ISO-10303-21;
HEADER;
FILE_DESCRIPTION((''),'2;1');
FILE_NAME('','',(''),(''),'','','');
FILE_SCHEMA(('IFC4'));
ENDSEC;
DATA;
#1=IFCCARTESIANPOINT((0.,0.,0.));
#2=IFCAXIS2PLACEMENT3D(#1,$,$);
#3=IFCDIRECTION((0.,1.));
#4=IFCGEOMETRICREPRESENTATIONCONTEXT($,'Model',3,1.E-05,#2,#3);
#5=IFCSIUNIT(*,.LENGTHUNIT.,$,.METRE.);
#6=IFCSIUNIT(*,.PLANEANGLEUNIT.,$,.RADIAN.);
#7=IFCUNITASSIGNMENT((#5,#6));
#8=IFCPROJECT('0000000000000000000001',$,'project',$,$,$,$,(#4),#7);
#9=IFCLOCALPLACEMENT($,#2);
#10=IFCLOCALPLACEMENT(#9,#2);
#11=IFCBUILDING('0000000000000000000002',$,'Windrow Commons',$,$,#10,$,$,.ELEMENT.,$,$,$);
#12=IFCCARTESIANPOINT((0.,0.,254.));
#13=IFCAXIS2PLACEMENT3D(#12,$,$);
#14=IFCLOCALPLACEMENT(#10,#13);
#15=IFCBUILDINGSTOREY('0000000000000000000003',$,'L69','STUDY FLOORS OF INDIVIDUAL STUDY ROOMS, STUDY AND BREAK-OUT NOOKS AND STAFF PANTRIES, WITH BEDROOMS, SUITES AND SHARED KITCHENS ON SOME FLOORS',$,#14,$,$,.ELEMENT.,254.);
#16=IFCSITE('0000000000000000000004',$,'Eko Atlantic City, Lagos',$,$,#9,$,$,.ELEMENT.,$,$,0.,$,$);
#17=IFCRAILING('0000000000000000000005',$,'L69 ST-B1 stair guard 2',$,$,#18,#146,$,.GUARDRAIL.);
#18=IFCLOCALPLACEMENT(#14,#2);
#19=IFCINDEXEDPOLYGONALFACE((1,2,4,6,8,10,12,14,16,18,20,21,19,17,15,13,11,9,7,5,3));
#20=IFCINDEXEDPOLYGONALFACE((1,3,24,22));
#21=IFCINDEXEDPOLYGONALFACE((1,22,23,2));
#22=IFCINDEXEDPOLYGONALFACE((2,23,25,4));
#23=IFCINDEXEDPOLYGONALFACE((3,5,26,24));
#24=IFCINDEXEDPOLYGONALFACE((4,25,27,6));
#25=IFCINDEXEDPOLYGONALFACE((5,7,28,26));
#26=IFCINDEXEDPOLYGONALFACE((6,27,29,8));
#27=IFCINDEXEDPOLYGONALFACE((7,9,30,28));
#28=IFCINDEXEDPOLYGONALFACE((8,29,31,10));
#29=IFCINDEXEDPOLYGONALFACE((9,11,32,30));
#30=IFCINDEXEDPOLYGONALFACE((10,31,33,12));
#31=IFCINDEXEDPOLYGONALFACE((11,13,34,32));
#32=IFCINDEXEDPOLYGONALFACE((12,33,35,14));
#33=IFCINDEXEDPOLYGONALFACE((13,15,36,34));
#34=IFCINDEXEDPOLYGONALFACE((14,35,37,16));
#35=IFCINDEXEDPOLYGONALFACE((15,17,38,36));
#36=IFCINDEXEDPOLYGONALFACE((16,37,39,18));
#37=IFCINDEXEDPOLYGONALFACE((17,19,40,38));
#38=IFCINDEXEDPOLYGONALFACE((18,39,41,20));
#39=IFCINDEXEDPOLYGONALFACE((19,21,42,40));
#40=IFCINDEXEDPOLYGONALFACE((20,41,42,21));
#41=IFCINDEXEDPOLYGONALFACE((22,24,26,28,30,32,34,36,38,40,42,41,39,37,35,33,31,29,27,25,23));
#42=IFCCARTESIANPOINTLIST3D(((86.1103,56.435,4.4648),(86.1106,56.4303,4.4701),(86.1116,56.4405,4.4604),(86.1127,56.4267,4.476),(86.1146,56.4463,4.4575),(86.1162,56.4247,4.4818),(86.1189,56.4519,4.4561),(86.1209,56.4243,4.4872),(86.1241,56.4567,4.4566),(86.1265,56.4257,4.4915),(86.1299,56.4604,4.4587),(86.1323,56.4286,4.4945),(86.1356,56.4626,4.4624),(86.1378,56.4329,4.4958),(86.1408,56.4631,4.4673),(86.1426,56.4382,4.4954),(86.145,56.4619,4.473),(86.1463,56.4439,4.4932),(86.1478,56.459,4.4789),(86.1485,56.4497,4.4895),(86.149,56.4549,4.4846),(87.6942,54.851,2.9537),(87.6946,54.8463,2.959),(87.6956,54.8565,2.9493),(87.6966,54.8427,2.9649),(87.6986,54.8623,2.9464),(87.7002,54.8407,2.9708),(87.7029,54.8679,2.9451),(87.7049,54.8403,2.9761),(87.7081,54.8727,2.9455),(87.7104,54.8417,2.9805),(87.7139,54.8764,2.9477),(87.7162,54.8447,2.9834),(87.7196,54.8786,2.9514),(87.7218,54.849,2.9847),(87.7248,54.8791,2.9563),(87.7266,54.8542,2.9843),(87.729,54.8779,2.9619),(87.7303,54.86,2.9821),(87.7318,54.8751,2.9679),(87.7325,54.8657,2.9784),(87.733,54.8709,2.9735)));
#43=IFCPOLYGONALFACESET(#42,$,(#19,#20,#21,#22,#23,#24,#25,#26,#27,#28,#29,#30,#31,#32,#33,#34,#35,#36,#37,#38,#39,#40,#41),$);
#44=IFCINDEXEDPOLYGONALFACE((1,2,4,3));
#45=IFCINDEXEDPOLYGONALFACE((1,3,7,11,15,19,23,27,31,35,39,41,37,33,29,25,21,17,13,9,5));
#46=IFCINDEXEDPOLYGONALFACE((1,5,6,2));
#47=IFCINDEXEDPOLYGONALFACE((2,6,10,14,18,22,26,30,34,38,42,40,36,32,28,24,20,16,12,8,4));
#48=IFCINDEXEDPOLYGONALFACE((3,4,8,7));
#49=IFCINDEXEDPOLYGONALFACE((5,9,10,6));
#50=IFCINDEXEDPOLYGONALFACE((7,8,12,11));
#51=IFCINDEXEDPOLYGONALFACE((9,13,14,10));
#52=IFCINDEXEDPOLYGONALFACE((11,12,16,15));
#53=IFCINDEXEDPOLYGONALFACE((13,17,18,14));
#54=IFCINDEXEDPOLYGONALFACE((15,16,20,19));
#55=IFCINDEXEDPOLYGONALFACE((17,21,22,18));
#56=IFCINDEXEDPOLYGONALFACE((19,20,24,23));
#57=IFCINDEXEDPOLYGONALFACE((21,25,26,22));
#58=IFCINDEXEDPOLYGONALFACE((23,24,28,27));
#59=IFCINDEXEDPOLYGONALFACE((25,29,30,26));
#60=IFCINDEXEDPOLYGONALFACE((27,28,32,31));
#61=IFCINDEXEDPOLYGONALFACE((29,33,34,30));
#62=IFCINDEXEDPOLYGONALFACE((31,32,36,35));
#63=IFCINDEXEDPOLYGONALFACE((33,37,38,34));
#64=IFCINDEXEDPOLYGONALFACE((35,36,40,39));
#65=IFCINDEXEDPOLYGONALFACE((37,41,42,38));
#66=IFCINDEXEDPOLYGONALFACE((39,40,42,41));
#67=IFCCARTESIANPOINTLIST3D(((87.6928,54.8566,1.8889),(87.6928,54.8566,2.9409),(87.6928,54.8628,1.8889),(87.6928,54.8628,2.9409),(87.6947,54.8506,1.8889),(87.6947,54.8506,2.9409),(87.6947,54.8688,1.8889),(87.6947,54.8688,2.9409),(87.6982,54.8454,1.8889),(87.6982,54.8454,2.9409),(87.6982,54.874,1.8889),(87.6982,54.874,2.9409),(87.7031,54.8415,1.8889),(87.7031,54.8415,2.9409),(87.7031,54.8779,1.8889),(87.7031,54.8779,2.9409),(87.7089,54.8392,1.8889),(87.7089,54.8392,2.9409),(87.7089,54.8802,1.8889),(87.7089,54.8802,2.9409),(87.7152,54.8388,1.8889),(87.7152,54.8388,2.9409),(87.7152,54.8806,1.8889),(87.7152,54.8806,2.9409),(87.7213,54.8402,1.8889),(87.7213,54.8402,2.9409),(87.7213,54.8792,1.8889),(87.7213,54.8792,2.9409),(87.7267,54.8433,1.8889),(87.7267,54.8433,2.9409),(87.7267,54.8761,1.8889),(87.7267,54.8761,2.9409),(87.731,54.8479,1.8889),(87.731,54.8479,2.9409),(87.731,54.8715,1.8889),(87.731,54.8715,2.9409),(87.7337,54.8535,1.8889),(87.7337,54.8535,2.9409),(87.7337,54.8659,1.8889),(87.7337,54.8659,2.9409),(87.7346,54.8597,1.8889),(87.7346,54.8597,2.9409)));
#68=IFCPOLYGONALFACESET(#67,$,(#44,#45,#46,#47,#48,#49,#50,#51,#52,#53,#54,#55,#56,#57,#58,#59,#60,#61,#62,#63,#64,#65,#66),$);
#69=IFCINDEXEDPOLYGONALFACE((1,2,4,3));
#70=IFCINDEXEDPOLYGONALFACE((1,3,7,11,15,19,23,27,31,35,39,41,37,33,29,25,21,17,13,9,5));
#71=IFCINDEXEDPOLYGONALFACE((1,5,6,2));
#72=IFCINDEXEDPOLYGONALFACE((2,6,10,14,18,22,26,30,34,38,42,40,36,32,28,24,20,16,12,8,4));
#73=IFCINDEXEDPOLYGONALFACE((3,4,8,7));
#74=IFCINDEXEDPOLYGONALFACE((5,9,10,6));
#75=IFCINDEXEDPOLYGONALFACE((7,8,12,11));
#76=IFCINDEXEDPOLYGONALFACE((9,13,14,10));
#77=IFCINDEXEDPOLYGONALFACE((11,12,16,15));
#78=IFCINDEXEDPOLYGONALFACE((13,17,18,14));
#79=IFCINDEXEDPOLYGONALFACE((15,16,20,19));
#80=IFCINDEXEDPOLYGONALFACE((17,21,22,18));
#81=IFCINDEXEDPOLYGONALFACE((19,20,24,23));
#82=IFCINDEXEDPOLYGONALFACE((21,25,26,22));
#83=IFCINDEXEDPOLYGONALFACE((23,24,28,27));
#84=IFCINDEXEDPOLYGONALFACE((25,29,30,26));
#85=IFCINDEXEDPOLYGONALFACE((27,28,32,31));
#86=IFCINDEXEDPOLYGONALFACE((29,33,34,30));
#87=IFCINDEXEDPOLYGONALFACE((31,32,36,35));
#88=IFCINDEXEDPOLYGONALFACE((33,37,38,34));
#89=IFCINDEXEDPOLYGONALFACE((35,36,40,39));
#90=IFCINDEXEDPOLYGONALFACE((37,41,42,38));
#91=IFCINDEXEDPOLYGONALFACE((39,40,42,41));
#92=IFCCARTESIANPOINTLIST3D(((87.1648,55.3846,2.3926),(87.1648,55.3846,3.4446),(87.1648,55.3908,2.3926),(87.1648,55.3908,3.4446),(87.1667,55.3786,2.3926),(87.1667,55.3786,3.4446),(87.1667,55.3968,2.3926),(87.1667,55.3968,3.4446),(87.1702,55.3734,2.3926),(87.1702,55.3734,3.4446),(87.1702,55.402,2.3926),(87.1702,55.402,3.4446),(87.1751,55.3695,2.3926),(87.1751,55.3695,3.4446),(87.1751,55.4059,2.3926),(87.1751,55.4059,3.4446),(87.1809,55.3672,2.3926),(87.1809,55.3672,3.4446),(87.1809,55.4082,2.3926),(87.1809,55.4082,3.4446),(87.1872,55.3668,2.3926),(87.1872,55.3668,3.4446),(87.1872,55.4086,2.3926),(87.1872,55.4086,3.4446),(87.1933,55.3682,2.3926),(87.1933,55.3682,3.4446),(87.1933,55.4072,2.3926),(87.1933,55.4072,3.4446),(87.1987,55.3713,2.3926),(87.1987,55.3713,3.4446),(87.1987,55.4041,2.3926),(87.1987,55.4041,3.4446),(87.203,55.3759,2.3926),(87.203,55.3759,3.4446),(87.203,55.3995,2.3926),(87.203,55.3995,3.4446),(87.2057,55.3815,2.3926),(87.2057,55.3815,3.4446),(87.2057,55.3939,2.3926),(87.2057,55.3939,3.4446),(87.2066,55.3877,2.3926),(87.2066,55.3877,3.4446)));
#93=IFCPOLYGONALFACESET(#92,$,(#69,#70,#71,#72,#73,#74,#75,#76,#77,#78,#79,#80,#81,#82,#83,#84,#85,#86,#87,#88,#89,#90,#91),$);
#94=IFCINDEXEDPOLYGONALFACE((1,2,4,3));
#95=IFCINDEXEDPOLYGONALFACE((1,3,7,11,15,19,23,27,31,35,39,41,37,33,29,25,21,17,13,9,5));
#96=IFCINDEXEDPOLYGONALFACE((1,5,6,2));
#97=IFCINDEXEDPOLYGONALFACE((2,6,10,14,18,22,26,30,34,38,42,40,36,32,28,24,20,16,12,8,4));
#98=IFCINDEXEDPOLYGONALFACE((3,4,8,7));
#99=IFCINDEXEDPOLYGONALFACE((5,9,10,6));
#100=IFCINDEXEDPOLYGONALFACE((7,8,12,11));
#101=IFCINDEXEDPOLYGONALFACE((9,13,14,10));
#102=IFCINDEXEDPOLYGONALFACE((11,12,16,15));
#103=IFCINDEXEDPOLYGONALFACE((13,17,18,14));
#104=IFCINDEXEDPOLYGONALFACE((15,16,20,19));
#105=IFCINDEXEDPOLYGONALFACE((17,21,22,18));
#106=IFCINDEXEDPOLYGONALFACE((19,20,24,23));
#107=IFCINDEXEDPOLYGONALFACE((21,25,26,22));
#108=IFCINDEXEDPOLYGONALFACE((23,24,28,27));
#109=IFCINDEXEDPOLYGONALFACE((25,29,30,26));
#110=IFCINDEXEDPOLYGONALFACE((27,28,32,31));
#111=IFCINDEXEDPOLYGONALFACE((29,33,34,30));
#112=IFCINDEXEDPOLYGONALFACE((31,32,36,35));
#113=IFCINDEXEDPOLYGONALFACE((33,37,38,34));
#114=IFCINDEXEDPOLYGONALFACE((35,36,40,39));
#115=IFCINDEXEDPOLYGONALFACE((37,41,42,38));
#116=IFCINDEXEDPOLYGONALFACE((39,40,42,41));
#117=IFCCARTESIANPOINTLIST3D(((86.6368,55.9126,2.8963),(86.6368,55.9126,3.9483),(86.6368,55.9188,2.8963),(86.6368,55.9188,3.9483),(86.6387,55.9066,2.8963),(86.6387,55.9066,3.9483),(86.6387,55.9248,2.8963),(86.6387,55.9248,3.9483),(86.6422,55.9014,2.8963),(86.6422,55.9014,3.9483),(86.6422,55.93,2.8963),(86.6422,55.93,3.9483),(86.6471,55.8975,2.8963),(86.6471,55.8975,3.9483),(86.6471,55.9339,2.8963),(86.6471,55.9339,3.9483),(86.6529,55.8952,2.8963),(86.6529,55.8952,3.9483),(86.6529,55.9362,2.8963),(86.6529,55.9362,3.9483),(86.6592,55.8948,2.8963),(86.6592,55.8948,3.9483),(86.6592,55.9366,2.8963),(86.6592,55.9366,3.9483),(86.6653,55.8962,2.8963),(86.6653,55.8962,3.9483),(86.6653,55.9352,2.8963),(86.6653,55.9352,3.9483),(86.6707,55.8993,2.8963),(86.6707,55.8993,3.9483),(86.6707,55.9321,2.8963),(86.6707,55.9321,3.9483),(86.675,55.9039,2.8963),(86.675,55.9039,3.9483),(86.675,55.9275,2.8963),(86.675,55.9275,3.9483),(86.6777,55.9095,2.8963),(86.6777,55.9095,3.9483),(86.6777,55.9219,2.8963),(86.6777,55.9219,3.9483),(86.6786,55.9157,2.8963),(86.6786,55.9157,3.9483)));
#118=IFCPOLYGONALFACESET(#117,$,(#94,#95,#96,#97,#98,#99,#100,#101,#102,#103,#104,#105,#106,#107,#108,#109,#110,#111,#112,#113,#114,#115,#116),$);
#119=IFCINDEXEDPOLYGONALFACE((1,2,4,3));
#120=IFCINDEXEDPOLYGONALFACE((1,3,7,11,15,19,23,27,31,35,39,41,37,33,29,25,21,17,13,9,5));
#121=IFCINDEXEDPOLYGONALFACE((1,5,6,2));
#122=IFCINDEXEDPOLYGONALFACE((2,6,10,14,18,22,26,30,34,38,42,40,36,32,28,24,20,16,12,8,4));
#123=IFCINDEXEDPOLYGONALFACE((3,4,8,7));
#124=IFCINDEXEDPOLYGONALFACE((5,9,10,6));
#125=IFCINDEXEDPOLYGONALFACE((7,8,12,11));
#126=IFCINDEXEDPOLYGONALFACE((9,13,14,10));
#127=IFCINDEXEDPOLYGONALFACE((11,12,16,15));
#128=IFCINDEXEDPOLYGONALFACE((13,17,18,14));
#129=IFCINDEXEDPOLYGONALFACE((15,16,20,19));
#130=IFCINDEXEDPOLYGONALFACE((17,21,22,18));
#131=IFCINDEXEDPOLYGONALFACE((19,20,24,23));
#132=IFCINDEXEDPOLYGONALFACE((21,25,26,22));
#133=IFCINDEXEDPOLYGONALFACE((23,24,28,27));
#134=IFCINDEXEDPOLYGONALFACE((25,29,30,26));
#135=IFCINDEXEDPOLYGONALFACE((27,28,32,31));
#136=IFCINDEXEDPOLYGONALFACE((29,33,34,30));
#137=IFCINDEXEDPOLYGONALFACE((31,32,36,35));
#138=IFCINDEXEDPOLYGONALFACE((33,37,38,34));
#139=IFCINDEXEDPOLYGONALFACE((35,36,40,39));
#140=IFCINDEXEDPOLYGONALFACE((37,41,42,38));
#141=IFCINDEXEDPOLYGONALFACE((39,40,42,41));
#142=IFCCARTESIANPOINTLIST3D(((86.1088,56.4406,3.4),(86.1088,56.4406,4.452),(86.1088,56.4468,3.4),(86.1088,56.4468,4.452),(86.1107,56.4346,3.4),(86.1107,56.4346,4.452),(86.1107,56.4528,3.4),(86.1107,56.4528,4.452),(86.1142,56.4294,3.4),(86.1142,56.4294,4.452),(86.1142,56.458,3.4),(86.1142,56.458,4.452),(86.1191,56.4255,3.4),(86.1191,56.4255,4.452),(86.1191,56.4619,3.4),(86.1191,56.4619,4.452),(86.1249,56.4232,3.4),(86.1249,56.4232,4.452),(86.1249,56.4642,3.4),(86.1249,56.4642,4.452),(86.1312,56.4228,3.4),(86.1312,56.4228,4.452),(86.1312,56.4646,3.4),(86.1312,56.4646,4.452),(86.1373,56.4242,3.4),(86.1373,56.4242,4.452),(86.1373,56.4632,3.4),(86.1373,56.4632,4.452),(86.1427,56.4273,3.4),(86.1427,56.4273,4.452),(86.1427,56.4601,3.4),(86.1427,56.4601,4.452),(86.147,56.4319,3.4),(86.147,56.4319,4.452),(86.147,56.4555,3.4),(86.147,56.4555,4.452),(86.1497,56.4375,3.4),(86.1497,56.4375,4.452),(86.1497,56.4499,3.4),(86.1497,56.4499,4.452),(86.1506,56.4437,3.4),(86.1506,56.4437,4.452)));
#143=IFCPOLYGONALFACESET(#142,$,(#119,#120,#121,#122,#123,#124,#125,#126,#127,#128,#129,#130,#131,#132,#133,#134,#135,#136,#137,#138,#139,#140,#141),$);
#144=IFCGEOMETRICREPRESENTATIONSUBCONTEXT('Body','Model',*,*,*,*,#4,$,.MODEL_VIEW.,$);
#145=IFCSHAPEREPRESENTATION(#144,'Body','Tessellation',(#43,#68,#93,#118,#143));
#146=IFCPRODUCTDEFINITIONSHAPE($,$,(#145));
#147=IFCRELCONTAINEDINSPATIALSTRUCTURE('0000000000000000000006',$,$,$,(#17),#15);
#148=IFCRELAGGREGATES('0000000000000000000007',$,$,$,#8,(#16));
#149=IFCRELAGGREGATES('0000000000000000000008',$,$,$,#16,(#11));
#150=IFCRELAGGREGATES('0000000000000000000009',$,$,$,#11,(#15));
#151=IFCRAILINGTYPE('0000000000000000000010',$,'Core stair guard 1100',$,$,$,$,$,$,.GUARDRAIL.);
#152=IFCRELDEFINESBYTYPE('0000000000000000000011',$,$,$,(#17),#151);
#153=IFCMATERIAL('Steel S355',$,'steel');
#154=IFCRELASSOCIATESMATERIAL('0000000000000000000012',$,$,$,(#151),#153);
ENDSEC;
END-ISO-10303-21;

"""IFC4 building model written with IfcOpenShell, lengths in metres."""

from ifc_helpers import new_model, si_unit, direction, frame, origin, origin_2d, place, context, subcontext, project, spatial, circle, extrude, material, type_object, element, save


model = new_model("IFC4")

# Units and contexts
model_context = context("Model", 3, precision=1e-05, world=origin(), true_north=direction((0.0, 1.0)))
body_context = subcontext(model_context, "Body", "Model", "MODEL_VIEW")
ifc_project = project(units=[si_unit("LENGTHUNIT", "METRE"), si_unit("PLANEANGLEUNIT", "RADIAN")], contexts=[model_context])

# Site, building, storey
site_placement = place(None, origin())
site = spatial("IfcSite", under=ifc_project, at=site_placement, Name="Eko Atlantic City, Lagos", CompositionType="ELEMENT", RefElevation=0.0)
building_placement = place(site_placement, origin())
building = spatial("IfcBuilding", under=site, at=building_placement, Name="Windrow Commons", CompositionType="ELEMENT")
storey_placement = place(building_placement, frame((0.0, 0.0, 254.0)))
storey = spatial("IfcBuildingStorey", under=building, at=storey_placement, Name="L69", Description="STUDY FLOORS OF INDIVIDUAL STUDY ROOMS, STUDY AND BREAK-OUT NOOKS AND STAFF PANTRIES, WITH BEDROOMS, SUITES AND SHARED KITCHENS ON SOME FLOORS", CompositionType="ELEMENT", Elevation=254.0)

# Railing
ifc_material_1 = material(Name="Steel S355", Category="steel")
railing_type_1 = type_object("IfcRailingType", Name="Core stair guard 1100", PredefinedType="GUARDRAIL", material=ifc_material_1)
railing_1_placement = place(storey_placement, frame((87.7136, 54.8597, 1.8889)))
element("IfcRailing", 1, at=railing_1_placement, inside=storey, type_object=railing_type_1, Name="L69 ST-B1 stair guard 2", PredefinedType="GUARDRAIL", context=body_context, shape_type="SweptSolid", body=[
    extrude(circle(Radius=0.024, at=origin_2d()), frame((0.0, 0.0, 1.076), z_axis=(-0.586203, 0.586203, 0.559224), x_axis=(-0.707107, -0.707107, 0.0)), (0.0, 0.0, 1.0), 2.7021),
    extrude(circle(Radius=0.021, at=origin_2d()), origin(), (0.0, 0.0, 1.0), 1.052),
    extrude(circle(Radius=0.021, at=origin_2d()), frame((-0.528, 0.528, 0.5037)), (0.0, 0.0, 1.0), 1.052),
    extrude(circle(Radius=0.021, at=origin_2d()), frame((-1.056, 1.056, 1.0074)), (0.0, 0.0, 1.0), 1.052),
    extrude(circle(Radius=0.021, at=origin_2d()), frame((-1.584, 1.584, 1.5111)), (0.0, 0.0, 1.0), 1.052),
])

save(model, "model.ifc")
